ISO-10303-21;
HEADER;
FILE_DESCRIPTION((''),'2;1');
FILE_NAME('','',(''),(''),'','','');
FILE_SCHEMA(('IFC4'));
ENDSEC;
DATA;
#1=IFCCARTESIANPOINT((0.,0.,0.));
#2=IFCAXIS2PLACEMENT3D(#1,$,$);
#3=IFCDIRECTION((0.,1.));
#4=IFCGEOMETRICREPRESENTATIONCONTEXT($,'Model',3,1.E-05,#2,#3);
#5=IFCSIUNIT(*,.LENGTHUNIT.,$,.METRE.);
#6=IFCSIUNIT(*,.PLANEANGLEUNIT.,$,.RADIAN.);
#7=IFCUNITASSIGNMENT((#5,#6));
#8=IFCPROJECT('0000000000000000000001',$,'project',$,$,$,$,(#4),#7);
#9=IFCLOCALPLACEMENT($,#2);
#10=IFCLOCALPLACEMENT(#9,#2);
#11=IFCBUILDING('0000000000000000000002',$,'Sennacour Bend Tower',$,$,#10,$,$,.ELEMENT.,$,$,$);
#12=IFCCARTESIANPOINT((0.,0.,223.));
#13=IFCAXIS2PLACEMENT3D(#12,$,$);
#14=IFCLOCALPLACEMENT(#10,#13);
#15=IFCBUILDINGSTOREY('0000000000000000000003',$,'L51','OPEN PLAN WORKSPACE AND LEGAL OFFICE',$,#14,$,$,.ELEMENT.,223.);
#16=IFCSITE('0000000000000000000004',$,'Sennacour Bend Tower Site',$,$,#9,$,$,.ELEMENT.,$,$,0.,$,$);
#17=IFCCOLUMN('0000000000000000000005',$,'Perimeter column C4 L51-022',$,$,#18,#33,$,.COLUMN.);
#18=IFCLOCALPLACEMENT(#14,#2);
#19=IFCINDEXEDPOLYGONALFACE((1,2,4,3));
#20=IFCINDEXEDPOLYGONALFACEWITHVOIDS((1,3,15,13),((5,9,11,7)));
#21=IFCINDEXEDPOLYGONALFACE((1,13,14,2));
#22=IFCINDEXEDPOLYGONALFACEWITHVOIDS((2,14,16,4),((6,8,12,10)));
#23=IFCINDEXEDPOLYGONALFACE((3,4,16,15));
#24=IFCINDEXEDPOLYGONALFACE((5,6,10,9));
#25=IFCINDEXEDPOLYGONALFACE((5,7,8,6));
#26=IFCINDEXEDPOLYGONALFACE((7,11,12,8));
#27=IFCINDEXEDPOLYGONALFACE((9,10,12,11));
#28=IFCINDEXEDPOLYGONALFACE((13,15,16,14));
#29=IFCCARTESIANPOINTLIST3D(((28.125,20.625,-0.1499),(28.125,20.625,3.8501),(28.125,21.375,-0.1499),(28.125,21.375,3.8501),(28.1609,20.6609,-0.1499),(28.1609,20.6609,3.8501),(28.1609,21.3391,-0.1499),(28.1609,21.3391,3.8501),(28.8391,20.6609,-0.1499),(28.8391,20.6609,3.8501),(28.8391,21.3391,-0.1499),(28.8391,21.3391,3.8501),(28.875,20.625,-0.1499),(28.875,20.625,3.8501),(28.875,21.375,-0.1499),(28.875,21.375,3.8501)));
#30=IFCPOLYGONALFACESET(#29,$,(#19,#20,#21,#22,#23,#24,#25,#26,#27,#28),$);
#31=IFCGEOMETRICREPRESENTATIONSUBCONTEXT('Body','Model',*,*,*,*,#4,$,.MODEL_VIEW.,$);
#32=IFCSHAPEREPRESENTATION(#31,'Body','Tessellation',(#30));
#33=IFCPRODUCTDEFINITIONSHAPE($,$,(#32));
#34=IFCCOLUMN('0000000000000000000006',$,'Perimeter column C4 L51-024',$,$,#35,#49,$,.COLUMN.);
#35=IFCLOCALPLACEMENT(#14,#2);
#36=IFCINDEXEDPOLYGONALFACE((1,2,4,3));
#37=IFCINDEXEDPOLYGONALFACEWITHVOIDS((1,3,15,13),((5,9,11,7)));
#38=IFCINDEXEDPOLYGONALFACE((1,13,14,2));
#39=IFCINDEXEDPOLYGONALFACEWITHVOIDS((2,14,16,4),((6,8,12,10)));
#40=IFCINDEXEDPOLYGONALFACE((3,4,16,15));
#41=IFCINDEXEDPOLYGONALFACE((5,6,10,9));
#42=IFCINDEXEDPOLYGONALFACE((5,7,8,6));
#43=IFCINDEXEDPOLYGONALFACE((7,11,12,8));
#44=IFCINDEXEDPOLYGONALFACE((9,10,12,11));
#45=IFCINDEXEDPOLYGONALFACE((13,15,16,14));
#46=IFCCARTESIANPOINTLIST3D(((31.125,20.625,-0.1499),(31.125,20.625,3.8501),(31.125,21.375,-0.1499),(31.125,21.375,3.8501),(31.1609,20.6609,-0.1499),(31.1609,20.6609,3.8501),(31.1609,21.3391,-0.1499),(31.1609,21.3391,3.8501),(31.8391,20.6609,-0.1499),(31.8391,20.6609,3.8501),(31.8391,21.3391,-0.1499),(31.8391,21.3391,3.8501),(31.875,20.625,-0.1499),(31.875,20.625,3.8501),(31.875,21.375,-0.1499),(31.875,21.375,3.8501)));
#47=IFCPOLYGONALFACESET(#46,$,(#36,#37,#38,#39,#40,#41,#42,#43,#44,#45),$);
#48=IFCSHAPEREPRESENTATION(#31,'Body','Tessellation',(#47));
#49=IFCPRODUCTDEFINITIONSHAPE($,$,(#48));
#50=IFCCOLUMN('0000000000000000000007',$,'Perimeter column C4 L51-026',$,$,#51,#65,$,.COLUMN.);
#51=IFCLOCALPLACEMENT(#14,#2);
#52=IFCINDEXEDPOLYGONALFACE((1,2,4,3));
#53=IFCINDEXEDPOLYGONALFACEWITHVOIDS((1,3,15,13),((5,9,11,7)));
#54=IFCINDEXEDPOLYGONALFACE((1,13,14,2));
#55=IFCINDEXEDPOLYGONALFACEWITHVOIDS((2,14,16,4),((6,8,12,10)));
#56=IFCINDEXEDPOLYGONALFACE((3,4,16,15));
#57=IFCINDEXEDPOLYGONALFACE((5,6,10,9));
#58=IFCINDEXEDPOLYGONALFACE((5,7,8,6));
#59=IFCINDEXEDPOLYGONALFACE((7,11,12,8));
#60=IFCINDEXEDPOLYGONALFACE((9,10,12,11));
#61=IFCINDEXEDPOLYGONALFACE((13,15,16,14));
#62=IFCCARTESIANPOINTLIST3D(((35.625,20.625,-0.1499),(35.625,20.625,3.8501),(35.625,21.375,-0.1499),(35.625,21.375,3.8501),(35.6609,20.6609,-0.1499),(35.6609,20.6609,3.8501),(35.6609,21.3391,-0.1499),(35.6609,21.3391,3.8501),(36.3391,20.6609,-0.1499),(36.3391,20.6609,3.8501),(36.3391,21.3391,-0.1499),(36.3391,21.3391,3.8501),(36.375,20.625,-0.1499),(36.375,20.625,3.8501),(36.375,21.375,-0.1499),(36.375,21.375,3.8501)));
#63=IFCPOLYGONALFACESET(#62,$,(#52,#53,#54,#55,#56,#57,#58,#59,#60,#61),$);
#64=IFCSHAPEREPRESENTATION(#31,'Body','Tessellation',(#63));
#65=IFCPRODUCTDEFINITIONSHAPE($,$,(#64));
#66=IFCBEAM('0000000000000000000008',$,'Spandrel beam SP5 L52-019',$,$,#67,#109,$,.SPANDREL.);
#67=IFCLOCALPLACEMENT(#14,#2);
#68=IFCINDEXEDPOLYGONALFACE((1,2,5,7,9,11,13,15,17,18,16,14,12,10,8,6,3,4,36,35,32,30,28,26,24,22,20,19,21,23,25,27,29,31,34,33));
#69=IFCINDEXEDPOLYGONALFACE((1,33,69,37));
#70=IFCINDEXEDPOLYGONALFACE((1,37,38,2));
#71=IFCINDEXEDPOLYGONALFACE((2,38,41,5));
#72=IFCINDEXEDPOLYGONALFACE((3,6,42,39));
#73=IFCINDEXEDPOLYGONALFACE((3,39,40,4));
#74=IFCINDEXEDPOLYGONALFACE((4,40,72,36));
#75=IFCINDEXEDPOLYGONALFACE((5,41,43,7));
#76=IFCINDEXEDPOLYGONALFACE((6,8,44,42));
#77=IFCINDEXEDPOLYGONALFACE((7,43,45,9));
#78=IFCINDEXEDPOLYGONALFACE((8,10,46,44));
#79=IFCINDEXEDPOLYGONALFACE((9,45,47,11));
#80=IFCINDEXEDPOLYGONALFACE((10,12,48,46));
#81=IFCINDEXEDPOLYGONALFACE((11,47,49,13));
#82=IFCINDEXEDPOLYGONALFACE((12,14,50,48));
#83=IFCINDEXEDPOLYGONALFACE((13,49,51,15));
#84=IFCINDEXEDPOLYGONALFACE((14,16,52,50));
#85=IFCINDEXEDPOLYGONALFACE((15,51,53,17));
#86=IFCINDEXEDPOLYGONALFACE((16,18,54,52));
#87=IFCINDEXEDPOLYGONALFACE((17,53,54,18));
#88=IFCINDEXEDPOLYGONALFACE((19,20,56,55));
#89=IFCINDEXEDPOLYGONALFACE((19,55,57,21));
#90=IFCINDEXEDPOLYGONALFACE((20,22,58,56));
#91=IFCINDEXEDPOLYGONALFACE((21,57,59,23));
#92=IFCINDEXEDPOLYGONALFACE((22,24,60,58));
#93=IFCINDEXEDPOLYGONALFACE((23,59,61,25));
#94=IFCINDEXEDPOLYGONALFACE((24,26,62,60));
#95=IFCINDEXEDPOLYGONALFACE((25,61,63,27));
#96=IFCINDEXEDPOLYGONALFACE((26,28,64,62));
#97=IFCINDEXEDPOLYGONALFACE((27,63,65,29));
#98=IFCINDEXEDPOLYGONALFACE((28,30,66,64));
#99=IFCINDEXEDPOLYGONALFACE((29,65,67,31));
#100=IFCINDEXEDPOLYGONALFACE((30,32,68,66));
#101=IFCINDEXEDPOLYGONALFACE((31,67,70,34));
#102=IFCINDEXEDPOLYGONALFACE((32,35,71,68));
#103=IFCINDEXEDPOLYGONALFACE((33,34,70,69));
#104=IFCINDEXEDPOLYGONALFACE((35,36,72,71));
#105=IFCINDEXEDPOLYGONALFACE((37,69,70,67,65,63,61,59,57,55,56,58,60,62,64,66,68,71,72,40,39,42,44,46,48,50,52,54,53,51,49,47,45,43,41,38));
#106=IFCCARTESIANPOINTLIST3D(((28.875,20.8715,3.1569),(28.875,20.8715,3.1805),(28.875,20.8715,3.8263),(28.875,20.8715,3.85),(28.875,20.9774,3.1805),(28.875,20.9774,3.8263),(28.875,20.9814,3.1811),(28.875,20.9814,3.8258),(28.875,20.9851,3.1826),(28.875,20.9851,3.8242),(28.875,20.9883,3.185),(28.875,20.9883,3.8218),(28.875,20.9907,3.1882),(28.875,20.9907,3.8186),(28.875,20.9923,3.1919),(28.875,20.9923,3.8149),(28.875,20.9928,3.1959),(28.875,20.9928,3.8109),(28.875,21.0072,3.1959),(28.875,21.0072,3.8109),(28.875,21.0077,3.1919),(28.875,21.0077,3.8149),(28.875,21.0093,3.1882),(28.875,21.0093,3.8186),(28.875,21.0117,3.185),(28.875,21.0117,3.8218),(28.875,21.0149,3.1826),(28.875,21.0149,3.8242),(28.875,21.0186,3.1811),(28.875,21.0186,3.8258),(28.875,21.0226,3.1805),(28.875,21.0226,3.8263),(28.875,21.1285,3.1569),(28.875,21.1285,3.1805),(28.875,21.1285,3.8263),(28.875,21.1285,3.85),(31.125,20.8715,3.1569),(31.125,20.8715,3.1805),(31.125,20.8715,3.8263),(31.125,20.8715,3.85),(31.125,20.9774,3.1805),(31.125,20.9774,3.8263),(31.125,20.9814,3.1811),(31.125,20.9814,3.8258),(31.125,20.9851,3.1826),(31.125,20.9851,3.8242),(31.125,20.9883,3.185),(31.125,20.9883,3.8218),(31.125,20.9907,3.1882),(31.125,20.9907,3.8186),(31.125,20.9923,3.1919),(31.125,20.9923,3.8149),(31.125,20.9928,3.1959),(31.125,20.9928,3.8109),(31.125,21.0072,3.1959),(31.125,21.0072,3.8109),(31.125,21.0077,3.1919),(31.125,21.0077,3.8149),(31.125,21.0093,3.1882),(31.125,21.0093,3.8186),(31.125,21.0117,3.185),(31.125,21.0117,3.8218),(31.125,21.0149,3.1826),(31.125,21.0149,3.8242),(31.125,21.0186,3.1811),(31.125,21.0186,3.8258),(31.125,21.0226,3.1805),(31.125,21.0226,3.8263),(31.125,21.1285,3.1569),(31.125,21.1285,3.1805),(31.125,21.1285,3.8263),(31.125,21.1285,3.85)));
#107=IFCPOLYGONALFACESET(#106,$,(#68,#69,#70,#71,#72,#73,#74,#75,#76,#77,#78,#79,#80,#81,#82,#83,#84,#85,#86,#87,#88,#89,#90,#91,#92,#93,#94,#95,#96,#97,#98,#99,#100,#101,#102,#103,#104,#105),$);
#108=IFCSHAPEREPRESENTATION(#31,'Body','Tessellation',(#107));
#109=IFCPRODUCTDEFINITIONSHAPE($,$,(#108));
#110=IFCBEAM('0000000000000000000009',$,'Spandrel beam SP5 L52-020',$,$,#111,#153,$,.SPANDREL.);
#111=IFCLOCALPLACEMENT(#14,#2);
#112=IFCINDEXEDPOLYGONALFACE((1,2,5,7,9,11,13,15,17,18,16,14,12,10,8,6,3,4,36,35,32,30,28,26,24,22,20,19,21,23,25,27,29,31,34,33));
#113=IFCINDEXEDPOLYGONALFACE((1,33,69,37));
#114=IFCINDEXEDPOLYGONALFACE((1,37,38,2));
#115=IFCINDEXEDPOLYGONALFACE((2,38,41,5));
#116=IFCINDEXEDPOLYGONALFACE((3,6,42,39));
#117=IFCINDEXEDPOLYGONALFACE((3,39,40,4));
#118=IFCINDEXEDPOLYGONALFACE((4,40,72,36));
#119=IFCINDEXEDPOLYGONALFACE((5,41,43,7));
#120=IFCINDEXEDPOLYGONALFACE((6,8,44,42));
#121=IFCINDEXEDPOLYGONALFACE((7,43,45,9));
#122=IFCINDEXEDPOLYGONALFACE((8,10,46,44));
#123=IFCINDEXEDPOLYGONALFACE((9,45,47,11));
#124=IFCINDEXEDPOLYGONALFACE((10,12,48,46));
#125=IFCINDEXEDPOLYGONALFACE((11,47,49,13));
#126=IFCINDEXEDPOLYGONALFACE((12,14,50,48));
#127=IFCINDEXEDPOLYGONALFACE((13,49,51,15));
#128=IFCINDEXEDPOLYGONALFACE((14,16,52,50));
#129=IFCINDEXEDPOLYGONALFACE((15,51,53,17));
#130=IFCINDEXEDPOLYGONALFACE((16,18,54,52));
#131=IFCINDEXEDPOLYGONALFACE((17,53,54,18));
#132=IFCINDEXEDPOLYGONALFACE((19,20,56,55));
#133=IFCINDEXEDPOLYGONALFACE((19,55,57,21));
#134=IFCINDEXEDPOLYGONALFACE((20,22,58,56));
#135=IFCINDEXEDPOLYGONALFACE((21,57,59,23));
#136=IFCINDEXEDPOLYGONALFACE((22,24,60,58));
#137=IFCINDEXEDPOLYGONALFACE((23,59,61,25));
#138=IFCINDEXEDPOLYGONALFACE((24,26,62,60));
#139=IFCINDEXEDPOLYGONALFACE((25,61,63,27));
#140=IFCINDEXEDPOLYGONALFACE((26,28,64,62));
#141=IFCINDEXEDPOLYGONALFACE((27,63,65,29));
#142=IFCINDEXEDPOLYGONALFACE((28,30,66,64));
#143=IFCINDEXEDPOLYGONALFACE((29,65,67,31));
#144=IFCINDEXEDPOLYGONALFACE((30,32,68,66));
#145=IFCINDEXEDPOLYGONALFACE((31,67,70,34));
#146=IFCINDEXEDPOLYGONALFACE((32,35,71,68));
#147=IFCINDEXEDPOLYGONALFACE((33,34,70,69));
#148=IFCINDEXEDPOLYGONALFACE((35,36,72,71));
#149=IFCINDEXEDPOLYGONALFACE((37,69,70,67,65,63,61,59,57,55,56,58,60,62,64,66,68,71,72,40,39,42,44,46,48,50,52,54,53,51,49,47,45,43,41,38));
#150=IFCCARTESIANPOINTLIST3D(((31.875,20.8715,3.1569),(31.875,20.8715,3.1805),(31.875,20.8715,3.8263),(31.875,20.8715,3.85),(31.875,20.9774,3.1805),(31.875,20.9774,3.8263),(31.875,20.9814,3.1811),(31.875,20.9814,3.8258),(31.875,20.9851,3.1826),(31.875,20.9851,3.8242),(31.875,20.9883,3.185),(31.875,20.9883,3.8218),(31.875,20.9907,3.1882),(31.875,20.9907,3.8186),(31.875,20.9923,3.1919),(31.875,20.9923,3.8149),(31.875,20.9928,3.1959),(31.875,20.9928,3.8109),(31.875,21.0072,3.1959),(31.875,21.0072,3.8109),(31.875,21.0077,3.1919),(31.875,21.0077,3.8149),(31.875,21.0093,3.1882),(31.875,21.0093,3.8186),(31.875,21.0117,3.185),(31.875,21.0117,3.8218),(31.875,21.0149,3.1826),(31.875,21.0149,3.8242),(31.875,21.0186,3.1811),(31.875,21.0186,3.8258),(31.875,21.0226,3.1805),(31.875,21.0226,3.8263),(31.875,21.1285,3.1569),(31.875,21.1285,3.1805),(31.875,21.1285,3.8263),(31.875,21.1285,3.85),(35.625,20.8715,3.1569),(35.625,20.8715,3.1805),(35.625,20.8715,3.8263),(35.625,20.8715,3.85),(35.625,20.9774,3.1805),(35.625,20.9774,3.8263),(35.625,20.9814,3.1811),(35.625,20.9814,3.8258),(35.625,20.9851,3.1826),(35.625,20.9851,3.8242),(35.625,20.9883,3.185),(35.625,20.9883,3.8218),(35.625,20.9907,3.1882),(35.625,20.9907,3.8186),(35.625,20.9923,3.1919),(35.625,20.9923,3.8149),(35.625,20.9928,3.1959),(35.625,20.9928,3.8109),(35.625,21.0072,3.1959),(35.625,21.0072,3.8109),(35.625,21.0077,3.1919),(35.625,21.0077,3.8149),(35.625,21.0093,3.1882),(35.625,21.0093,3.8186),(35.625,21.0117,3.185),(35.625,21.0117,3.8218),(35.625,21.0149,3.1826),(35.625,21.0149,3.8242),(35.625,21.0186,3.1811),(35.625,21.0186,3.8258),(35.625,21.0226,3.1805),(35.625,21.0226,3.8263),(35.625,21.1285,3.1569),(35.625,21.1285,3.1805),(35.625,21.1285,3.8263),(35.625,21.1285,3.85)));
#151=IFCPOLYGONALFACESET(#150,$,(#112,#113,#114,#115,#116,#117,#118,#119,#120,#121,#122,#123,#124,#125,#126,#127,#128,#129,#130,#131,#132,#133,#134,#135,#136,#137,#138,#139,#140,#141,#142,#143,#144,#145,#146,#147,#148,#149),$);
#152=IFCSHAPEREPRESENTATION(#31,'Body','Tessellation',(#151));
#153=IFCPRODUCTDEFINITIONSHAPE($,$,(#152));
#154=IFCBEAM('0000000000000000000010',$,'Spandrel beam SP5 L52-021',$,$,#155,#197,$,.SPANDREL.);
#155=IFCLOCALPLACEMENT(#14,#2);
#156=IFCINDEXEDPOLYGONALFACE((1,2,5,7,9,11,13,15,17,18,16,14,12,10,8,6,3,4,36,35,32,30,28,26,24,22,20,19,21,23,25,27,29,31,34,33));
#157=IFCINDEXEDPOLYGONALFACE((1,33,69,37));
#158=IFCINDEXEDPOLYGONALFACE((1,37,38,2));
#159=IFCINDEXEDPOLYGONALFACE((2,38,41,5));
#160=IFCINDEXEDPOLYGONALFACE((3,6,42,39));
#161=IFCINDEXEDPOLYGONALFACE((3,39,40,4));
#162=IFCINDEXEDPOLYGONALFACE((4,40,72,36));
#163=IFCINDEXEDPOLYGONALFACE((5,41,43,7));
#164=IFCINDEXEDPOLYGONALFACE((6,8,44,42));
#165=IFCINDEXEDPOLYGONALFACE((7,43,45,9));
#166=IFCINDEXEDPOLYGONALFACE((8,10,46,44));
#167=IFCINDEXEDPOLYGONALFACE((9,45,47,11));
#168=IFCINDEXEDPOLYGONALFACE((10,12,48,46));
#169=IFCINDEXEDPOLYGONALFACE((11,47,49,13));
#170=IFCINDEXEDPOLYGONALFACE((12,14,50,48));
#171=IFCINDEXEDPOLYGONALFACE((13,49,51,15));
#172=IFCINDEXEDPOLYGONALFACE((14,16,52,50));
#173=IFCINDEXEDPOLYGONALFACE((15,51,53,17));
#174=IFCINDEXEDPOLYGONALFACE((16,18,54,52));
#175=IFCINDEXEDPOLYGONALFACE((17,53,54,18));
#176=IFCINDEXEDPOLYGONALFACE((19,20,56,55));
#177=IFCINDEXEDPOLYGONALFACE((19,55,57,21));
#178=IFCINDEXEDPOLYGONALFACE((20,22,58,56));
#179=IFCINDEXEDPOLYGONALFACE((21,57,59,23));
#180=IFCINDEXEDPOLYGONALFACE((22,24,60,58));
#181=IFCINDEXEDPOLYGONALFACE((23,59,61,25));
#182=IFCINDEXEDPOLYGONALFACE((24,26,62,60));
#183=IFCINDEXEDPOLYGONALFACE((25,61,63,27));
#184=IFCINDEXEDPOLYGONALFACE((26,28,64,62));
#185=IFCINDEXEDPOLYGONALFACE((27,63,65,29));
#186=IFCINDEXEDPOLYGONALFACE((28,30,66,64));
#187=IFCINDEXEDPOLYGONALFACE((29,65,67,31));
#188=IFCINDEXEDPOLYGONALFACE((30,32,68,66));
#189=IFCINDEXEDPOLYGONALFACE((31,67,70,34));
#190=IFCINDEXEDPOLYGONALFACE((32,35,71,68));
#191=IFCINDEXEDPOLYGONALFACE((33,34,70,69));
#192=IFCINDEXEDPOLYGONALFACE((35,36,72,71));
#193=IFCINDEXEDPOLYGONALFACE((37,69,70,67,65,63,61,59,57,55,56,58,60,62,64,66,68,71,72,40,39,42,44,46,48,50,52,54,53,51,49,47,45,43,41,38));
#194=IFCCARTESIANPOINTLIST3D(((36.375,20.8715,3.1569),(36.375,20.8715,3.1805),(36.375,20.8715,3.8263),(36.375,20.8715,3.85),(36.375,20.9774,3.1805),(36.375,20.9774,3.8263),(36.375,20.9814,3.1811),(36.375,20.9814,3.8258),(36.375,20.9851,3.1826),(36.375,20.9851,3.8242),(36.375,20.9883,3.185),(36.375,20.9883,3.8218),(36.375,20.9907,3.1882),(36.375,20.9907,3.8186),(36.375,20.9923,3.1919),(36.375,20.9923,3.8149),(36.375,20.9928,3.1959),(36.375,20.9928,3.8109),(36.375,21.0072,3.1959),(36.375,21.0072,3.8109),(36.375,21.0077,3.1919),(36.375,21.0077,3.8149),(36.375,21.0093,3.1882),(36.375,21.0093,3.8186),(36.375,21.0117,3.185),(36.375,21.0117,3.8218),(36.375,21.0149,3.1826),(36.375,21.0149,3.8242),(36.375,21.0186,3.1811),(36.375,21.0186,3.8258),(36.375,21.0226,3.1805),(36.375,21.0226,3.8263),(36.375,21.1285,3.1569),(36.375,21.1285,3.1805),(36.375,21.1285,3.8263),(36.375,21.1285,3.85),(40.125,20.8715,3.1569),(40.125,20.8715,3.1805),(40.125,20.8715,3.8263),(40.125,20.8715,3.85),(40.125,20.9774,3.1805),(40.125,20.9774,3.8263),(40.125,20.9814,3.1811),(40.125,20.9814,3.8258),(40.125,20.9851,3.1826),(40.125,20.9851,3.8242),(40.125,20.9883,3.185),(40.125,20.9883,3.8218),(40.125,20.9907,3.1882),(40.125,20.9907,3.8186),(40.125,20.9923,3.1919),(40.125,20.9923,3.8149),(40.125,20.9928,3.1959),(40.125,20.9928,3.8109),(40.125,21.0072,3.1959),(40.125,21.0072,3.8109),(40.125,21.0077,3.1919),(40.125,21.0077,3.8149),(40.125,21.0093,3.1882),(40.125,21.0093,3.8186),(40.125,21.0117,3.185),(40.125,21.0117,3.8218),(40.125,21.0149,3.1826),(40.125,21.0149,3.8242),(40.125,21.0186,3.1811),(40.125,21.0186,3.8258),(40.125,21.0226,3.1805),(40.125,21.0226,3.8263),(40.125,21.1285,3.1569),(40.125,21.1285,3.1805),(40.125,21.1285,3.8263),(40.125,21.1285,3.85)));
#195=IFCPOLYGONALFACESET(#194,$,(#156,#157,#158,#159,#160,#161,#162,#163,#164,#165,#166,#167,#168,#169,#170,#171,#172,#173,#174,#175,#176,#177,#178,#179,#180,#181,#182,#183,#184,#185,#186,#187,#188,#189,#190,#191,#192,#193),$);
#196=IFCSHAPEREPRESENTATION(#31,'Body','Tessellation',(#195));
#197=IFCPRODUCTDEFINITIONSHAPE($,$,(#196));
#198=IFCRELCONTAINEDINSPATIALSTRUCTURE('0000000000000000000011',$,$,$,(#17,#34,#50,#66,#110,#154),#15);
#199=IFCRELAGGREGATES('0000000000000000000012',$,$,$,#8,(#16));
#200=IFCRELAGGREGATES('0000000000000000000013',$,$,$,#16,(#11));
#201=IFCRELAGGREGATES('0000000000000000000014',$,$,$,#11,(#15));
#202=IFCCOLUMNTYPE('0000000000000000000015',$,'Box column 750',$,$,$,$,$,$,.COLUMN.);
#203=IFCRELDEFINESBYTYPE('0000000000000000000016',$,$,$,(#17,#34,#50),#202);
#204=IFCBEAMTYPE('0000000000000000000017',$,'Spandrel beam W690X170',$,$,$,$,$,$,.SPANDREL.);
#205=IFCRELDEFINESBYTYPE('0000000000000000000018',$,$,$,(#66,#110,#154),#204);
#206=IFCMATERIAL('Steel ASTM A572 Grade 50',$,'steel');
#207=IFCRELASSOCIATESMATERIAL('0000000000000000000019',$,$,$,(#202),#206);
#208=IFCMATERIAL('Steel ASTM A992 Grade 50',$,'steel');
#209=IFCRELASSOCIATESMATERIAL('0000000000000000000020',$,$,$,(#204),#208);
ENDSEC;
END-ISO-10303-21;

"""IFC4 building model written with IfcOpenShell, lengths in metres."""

from ifc_helpers import new_model, si_unit, direction, frame, origin, origin_2d, place, context, subcontext, project, spatial, hollow_rectangle, i_section, extrude, material, material_profile, profile_set, type_object, element, save


model = new_model("IFC4")

# Units and contexts
model_context = context("Model", 3, precision=1e-05, world=origin(), true_north=direction((0.0, 1.0)))
body_context = subcontext(model_context, "Body", "Model", "MODEL_VIEW")
ifc_project = project(units=[si_unit("LENGTHUNIT", "METRE"), si_unit("PLANEANGLEUNIT", "RADIAN")], contexts=[model_context])

# Site, building, storey
site_placement = place(None, origin())
site = spatial("IfcSite", under=ifc_project, at=site_placement, Name="Sennacour Bend Tower Site", CompositionType="ELEMENT", RefElevation=0.0)
building_placement = place(site_placement, origin())
building = spatial("IfcBuilding", under=site, at=building_placement, Name="Sennacour Bend Tower", CompositionType="ELEMENT")
storey_placement = place(building_placement, frame((0.0, 0.0, 223.0)))
storey = spatial("IfcBuildingStorey", under=building, at=storey_placement, Name="L51", Description="OPEN PLAN WORKSPACE AND LEGAL OFFICE", CompositionType="ELEMENT", Elevation=223.0)

# Columns
ifc_material_1 = material(Name="Steel ASTM A572 Grade 50", Category="steel")
ifc_material_profile_1 = material_profile(ifc_material_1, hollow_rectangle(XDim=0.75, YDim=0.75, WallThickness=0.0359, at=origin_2d()), Name="Steel ASTM A572 Grade 50", Category="steel")
ifc_profile_set_1 = profile_set([ifc_material_profile_1], Name="Steel ASTM A572 Grade 50")
column_type = type_object("IfcColumnType", Name="Box column 750", PredefinedType="COLUMN", material=ifc_profile_set_1)
for number, where, z_axis, x_axis, name in (
    (1, (28.5, 21.0, -0.1499), (0.0, 0.0, 1.0), (1.0, 0.0, 0.0), "Perimeter column C4 L51-022"),
    (2, (31.5, 21.0, -0.1499), (0.0, 0.0, 1.0), (1.0, 0.0, 0.0), "Perimeter column C4 L51-024"),
    (3, (36.0, 21.0, -0.1499), (0.0, 0.0, 1.0), (1.0, 0.0, 0.0), "Perimeter column C4 L51-026"),
):
    element("IfcColumn", number, at=place(storey_placement, frame(where, z_axis=z_axis, x_axis=x_axis)), inside=storey, type_object=column_type, Name=name, PredefinedType="COLUMN", context=body_context, shape_type="SweptSolid", body=[
        extrude(hollow_rectangle(XDim=0.75, YDim=0.75, WallThickness=0.0359, at=origin_2d()), origin(), (0.0, 0.0, 1.0), 4.0),
    ])

# Beams
ifc_material_2 = material(Name="Steel ASTM A992 Grade 50", Category="steel")
ifc_material_profile_2 = material_profile(ifc_material_2, i_section(OverallWidth=0.2571, OverallDepth=0.6931, WebThickness=0.0144, FlangeThickness=0.0237, FilletRadius=0.0154, at=origin_2d()), Name="Steel ASTM A992 Grade 50", Category="steel")
ifc_profile_set_2 = profile_set([ifc_material_profile_2], Name="Steel ASTM A992 Grade 50")
beam_type = type_object("IfcBeamType", Name="Spandrel beam W690X170", PredefinedType="SPANDREL", material=ifc_profile_set_2)
beam_placement = place(storey_placement, frame((28.875, 21.0, 3.5034), z_axis=(1.0, 0.0, 0.0), x_axis=(0.0, 1.0, 0.0)))
element("IfcBeam", 4, at=beam_placement, inside=storey, type_object=beam_type, Name="Spandrel beam SP5 L52-019", PredefinedType="SPANDREL", context=body_context, shape_type="SweptSolid", body=[
    extrude(i_section(OverallWidth=0.2571, OverallDepth=0.6931, WebThickness=0.0144, FlangeThickness=0.0237, FilletRadius=0.0154, at=origin_2d()), origin(), (0.0, 0.0, 1.0), 2.25),
])
for number, where, z_axis, x_axis, name in (
    (5, (31.875, 21.0, 3.5034), (1.0, 0.0, 0.0), (0.0, 1.0, 0.0), "Spandrel beam SP5 L52-020"),
    (6, (36.375, 21.0, 3.5034), (1.0, 0.0, 0.0), (0.0, 1.0, 0.0), "Spandrel beam SP5 L52-021"),
):
    element("IfcBeam", number, at=place(storey_placement, frame(where, z_axis=z_axis, x_axis=x_axis)), inside=storey, type_object=beam_type, Name=name, PredefinedType="SPANDREL", context=body_context, shape_type="SweptSolid", body=[
        extrude(i_section(OverallWidth=0.2571, OverallDepth=0.6931, WebThickness=0.0144, FlangeThickness=0.0237, FilletRadius=0.0154, at=origin_2d()), origin(), (0.0, 0.0, 1.0), 3.75),
    ])

save(model, "model.ifc")
